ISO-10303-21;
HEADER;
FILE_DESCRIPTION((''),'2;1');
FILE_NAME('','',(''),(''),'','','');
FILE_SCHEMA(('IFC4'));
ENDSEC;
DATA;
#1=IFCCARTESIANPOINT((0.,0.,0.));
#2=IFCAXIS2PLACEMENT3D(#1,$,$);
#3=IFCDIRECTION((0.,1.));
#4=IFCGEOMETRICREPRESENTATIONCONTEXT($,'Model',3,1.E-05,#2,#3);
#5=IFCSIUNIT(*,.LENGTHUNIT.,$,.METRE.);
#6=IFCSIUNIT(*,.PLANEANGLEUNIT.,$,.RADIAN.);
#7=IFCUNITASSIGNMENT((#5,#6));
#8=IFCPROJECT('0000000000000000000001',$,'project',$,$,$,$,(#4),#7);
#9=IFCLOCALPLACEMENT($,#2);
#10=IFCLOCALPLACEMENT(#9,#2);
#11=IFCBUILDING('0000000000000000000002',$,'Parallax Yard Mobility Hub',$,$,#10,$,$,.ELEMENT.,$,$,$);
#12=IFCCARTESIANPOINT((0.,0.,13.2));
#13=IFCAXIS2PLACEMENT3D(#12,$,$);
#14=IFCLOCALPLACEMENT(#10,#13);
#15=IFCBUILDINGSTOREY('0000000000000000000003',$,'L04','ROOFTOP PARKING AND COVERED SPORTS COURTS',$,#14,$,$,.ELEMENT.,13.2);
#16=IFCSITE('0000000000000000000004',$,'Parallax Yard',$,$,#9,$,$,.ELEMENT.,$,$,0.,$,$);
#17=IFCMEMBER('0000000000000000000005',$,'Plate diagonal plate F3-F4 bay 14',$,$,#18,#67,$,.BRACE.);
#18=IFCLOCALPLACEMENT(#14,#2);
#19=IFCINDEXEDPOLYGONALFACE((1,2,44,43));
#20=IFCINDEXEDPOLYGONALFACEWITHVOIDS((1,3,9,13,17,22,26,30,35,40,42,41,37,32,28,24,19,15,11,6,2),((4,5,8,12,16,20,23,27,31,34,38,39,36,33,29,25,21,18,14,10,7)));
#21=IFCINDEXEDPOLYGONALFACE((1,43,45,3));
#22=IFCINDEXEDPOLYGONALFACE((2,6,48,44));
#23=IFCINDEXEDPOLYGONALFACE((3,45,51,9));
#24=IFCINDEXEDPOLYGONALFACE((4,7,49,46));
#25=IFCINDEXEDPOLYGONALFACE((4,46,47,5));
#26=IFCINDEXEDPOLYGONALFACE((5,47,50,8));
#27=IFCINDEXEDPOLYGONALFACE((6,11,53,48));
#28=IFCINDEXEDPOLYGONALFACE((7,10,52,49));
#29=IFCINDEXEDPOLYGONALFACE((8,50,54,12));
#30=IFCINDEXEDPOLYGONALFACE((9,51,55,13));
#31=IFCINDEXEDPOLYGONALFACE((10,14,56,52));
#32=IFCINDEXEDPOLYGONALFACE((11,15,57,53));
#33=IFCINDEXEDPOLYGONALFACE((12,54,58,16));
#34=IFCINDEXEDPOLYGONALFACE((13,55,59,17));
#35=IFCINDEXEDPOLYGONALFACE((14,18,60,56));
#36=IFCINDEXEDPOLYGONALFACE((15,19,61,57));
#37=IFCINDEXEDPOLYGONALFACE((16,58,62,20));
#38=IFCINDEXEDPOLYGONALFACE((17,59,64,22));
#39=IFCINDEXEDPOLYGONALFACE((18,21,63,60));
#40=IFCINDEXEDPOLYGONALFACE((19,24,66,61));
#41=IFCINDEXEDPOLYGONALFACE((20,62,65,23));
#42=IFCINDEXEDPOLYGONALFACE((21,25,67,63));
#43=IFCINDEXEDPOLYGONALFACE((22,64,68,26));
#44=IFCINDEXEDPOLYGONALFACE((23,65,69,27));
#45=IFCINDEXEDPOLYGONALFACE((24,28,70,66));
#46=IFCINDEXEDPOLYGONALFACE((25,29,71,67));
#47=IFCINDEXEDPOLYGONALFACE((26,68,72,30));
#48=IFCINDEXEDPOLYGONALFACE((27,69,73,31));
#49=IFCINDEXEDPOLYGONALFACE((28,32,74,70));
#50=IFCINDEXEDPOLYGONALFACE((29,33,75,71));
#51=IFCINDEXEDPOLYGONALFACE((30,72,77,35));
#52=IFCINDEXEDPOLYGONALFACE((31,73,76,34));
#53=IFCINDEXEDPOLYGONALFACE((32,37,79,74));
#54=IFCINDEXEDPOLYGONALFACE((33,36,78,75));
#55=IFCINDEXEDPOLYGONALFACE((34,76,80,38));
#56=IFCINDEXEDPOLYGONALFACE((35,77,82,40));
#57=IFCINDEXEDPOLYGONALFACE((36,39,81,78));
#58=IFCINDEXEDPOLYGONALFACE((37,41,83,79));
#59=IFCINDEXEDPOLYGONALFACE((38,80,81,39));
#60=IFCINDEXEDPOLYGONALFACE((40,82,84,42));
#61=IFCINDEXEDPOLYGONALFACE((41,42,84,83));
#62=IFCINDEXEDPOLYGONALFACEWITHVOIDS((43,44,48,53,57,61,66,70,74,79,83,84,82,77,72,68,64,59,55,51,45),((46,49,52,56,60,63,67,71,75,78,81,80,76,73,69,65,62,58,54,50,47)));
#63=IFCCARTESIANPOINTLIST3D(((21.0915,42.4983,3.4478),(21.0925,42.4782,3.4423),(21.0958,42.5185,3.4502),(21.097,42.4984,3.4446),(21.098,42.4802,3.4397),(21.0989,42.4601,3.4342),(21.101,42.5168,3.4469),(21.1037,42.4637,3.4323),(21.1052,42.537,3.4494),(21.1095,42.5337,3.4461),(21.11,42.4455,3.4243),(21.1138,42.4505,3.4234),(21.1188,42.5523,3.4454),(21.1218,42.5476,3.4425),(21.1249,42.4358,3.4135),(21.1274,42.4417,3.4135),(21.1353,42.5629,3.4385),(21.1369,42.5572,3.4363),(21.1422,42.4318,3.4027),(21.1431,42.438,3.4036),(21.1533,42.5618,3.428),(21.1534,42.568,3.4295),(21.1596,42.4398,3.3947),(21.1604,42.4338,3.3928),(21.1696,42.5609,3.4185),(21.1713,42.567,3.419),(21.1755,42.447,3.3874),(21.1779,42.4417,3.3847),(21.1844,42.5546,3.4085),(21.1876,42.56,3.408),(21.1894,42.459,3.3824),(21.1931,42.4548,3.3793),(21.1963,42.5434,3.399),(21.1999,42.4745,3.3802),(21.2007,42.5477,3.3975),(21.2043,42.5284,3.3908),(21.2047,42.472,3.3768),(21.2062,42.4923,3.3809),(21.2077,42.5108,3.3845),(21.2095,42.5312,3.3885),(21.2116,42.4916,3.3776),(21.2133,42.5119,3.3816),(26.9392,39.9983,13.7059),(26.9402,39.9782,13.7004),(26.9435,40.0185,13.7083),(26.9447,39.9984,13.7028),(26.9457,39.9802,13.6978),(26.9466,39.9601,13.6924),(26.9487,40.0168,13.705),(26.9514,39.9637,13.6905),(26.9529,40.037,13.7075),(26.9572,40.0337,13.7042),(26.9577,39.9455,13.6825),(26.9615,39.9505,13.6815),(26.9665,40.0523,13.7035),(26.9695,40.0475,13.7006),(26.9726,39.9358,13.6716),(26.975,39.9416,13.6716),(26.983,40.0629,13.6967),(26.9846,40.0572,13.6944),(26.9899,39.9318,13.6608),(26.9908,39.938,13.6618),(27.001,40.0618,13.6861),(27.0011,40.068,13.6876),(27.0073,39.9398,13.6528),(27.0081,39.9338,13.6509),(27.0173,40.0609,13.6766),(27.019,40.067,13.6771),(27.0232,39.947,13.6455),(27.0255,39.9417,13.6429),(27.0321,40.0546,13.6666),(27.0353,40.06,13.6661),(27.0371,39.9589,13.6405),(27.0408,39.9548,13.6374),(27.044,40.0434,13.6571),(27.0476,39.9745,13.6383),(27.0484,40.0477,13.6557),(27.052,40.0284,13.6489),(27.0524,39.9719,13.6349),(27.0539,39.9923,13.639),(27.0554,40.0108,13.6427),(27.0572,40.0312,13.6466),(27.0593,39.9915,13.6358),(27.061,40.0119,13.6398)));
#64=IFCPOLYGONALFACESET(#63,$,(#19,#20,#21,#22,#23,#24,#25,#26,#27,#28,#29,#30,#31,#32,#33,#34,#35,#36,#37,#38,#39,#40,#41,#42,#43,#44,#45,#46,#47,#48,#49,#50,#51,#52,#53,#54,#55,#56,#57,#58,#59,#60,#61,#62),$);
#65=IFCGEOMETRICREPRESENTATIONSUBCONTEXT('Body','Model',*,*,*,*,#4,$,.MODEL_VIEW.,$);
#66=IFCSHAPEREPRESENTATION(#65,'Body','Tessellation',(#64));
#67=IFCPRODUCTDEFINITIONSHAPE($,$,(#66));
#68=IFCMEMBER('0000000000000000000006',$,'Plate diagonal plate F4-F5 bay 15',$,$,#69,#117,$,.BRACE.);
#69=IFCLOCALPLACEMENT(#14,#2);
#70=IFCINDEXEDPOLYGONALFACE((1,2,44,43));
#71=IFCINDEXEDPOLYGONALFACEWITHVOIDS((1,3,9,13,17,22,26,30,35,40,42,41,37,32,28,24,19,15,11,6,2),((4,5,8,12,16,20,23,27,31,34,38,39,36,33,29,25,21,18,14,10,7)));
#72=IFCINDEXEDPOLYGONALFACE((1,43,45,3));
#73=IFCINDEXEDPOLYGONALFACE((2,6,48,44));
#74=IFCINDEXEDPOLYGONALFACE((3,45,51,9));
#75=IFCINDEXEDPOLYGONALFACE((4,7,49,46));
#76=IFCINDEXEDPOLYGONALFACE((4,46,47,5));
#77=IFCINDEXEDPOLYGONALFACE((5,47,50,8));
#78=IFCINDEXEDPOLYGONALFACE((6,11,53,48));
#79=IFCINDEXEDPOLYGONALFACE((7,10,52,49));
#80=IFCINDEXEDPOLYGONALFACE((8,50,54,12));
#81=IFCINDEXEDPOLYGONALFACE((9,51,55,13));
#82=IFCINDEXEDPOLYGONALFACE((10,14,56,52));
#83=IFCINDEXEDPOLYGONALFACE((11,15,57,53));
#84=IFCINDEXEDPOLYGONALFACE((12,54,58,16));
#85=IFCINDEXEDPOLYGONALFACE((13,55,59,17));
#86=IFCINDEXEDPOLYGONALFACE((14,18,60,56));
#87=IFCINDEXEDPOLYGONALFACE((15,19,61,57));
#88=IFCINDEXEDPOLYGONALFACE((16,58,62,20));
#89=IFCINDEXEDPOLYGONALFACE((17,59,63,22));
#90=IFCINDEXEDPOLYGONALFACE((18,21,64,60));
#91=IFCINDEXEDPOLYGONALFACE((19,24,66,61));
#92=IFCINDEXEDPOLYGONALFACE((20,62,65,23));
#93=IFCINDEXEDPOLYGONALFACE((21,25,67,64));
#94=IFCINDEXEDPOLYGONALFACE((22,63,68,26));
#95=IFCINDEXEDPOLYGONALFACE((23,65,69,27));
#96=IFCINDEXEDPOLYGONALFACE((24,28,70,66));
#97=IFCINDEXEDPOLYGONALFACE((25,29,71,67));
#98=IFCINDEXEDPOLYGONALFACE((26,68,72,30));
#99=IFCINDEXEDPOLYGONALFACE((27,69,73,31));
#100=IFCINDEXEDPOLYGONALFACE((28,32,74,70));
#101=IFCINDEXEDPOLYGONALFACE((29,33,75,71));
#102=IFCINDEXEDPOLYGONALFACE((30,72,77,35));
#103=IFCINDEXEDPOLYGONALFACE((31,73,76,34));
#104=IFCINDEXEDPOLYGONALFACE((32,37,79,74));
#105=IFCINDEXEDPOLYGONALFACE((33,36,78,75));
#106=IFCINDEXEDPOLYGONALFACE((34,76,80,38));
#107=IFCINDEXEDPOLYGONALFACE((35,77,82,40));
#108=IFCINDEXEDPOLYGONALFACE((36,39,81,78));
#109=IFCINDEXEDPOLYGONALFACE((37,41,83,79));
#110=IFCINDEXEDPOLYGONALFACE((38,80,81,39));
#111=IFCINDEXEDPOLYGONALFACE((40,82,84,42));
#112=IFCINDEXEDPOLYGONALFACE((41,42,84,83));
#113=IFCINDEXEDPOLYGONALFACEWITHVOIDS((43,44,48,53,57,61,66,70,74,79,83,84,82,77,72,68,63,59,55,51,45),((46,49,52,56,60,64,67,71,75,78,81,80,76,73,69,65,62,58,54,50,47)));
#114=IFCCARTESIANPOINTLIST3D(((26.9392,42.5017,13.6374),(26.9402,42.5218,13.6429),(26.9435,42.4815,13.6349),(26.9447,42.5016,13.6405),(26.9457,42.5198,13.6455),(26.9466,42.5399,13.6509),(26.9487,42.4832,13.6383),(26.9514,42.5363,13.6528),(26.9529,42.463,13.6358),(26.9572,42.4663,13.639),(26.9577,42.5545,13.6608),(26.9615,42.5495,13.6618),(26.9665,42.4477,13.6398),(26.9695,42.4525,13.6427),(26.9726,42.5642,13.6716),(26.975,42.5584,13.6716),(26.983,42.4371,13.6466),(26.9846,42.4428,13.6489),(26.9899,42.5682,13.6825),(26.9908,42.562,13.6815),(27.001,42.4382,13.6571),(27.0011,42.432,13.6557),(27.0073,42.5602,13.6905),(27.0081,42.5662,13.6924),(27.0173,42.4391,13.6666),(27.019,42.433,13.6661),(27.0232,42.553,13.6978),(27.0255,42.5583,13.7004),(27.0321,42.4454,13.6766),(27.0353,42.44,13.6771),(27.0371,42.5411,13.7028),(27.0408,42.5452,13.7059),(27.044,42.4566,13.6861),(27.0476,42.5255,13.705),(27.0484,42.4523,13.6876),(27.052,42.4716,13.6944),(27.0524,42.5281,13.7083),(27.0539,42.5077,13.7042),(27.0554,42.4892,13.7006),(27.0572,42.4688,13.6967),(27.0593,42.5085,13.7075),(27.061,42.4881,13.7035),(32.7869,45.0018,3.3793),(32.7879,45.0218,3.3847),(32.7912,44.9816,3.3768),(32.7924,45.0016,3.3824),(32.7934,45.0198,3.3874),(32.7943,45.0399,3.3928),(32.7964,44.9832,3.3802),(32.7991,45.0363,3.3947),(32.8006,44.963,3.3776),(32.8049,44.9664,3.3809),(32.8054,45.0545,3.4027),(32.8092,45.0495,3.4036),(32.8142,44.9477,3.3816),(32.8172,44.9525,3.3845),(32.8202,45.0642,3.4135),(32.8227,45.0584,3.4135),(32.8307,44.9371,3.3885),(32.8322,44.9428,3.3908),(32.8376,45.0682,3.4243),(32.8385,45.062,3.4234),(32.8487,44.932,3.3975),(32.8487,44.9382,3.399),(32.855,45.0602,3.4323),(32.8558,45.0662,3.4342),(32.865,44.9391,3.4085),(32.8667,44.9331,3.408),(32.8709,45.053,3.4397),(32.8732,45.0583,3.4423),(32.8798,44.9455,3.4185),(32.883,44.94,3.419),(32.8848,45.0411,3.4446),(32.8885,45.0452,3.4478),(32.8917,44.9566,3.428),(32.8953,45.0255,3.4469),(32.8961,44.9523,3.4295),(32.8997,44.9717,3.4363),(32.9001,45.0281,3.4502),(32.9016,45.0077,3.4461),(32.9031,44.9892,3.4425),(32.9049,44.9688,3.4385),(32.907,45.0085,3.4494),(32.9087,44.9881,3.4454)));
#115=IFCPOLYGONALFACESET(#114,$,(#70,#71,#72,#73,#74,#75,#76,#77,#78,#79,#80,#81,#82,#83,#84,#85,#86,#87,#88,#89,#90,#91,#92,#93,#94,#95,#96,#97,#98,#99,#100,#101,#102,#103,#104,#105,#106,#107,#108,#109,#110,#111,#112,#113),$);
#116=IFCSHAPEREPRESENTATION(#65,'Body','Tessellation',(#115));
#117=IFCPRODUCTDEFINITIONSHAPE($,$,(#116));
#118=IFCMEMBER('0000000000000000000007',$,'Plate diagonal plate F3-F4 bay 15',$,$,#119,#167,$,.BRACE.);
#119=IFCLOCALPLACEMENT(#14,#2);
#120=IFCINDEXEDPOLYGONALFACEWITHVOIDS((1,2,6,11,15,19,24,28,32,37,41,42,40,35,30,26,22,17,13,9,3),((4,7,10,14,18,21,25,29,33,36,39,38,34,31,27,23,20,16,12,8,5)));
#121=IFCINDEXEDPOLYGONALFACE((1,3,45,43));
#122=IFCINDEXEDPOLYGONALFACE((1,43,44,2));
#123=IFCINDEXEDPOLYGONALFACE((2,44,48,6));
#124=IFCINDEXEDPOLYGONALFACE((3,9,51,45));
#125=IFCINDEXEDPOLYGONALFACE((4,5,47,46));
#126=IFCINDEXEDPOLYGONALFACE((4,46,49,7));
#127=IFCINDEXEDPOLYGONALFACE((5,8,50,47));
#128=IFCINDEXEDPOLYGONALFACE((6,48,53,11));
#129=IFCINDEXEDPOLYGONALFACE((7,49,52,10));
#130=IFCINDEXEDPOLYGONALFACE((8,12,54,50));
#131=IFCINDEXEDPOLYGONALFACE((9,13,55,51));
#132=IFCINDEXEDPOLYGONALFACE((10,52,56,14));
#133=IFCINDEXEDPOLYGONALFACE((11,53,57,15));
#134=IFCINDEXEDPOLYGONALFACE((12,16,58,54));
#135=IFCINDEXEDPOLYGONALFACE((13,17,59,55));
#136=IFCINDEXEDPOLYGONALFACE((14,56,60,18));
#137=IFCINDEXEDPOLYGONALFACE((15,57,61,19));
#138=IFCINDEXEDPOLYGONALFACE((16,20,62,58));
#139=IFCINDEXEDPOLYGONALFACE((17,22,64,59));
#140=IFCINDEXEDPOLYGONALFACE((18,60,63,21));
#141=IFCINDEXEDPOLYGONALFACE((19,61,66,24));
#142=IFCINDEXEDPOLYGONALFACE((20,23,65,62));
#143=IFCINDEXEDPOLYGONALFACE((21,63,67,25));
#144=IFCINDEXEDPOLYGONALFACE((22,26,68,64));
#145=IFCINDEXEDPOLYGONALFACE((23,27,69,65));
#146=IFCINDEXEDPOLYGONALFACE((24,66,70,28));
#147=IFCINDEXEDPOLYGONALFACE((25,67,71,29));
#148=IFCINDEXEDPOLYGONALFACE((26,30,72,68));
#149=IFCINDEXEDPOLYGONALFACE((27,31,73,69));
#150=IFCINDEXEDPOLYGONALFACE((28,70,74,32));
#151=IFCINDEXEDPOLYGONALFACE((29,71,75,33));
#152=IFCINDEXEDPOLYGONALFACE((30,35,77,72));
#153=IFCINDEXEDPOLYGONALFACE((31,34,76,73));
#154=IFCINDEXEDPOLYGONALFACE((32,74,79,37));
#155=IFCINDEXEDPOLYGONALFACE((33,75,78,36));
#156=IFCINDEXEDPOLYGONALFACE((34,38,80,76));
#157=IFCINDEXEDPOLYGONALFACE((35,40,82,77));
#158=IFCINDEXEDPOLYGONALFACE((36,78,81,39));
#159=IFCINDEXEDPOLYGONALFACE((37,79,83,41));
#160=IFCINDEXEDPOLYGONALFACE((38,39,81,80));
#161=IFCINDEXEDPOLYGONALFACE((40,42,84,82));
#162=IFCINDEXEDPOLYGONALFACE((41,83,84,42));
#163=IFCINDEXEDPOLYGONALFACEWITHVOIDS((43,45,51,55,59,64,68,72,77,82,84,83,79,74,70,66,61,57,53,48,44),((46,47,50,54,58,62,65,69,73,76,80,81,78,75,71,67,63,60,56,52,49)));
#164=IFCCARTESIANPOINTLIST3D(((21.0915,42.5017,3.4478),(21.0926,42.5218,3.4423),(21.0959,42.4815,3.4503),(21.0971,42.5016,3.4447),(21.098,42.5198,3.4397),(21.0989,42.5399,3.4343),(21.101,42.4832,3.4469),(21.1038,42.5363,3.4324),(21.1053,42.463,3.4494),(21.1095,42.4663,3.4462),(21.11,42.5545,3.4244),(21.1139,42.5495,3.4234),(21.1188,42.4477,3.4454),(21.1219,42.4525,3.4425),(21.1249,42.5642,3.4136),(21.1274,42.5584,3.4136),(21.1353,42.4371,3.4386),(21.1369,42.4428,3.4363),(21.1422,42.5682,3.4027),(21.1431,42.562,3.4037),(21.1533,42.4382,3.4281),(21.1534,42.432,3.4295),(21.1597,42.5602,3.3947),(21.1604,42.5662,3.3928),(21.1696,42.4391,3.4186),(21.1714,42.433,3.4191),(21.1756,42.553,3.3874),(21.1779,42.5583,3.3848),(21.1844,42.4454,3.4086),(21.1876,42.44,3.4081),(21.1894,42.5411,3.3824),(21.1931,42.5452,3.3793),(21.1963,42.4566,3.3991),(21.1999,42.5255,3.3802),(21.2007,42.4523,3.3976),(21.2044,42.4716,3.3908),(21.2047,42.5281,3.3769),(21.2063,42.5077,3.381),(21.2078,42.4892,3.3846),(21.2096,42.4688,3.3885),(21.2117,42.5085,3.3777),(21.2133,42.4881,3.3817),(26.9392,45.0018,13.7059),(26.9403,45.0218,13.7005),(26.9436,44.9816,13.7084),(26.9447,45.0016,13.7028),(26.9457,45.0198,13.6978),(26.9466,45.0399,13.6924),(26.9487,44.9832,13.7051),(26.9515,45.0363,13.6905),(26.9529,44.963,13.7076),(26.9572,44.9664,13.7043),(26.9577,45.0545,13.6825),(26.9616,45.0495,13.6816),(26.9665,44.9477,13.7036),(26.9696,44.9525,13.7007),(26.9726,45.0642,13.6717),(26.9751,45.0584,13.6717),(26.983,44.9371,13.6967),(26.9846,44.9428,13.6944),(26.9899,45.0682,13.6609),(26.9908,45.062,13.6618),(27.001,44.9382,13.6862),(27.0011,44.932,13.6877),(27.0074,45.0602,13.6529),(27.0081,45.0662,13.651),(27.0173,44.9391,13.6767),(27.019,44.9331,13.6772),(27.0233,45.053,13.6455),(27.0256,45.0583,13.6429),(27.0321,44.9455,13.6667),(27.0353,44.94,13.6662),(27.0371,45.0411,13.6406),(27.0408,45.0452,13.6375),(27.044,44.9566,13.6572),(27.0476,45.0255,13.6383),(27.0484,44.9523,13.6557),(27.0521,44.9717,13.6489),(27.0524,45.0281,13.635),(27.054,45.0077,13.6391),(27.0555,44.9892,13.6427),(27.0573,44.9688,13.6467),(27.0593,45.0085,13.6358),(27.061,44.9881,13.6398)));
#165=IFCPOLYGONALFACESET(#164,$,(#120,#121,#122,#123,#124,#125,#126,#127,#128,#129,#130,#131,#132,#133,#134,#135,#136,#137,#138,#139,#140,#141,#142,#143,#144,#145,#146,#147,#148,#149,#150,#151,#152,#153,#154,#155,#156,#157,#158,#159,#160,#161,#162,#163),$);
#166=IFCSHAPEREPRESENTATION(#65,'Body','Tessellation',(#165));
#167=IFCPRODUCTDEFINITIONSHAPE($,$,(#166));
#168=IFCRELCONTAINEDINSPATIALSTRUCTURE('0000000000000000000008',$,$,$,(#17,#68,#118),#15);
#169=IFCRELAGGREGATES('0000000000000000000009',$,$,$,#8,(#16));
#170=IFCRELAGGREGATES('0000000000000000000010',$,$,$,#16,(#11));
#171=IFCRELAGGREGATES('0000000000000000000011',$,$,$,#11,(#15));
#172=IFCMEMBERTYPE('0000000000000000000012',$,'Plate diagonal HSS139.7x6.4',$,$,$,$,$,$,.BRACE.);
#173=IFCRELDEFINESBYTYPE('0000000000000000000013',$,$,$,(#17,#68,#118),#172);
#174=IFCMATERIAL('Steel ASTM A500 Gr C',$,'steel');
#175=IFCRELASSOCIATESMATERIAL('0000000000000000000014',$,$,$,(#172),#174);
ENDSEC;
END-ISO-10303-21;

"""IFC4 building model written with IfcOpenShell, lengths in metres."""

from ifc_helpers import new_model, si_unit, direction, frame, origin, origin_2d, place, context, subcontext, project, spatial, hollow_circle, extrude, material, material_profile, profile_set, type_object, element, save


model = new_model("IFC4")

# Units and contexts
model_context = context("Model", 3, precision=1e-05, world=origin(), true_north=direction((0.0, 1.0)))
body_context = subcontext(model_context, "Body", "Model", "MODEL_VIEW")
ifc_project = project(units=[si_unit("LENGTHUNIT", "METRE"), si_unit("PLANEANGLEUNIT", "RADIAN")], contexts=[model_context])

# Site, building, storey
site_placement = place(None, origin())
site = spatial("IfcSite", under=ifc_project, at=site_placement, Name="Parallax Yard", CompositionType="ELEMENT", RefElevation=0.0)
building_placement = place(site_placement, origin())
building = spatial("IfcBuilding", under=site, at=building_placement, Name="Parallax Yard Mobility Hub", CompositionType="ELEMENT")
storey_placement = place(building_placement, frame((0.0, 0.0, 13.2)))
storey = spatial("IfcBuildingStorey", under=building, at=storey_placement, Name="L04", Description="ROOFTOP PARKING AND COVERED SPORTS COURTS", CompositionType="ELEMENT", Elevation=13.2)

# Members
ifc_material_1 = material(Name="Steel ASTM A500 Gr C", Category="steel")
ifc_material_profile_1 = material_profile(ifc_material_1, hollow_circle(Radius=0.0698, WallThickness=0.0063, at=origin_2d()), Name="HSS139.7x6.4")
ifc_profile_set_1 = profile_set([ifc_material_profile_1], Name="Steel ASTM A500 Gr C")
member_type_1 = type_object("IfcMemberType", Name="Plate diagonal HSS139.7x6.4", PredefinedType="BRACE", material=ifc_profile_set_1)
for number, where, z_axis, x_axis, name in (
    (1, (27.0, 40.0, 13.6716), (-0.484499, 0.207134, -0.849916), (-0.393104, -0.919494, 0.0), "Plate diagonal plate F3-F4 bay 14"),
    (2, (27.0, 42.5, 13.6716), (0.484499, 0.207134, -0.849916), (-0.393104, 0.919494, 0.0), "Plate diagonal plate F4-F5 bay 15"),
    (3, (21.1523, 42.5, 3.4136), (0.484499, 0.207134, 0.849916), (-0.393104, 0.919494, 0.0), "Plate diagonal plate F3-F4 bay 15"),
):
    element("IfcMember", number, at=place(storey_placement, frame(where, z_axis=z_axis, x_axis=x_axis)), inside=storey, type_object=member_type_1, Name=name, PredefinedType="BRACE", context=body_context, shape_type="SweptSolid", body=[
        extrude(hollow_circle(Radius=0.0698, WallThickness=0.0063, at=origin_2d()), origin(), (0.0, 0.0, 1.0), 12.0696),
    ])

save(model, "model.ifc")
